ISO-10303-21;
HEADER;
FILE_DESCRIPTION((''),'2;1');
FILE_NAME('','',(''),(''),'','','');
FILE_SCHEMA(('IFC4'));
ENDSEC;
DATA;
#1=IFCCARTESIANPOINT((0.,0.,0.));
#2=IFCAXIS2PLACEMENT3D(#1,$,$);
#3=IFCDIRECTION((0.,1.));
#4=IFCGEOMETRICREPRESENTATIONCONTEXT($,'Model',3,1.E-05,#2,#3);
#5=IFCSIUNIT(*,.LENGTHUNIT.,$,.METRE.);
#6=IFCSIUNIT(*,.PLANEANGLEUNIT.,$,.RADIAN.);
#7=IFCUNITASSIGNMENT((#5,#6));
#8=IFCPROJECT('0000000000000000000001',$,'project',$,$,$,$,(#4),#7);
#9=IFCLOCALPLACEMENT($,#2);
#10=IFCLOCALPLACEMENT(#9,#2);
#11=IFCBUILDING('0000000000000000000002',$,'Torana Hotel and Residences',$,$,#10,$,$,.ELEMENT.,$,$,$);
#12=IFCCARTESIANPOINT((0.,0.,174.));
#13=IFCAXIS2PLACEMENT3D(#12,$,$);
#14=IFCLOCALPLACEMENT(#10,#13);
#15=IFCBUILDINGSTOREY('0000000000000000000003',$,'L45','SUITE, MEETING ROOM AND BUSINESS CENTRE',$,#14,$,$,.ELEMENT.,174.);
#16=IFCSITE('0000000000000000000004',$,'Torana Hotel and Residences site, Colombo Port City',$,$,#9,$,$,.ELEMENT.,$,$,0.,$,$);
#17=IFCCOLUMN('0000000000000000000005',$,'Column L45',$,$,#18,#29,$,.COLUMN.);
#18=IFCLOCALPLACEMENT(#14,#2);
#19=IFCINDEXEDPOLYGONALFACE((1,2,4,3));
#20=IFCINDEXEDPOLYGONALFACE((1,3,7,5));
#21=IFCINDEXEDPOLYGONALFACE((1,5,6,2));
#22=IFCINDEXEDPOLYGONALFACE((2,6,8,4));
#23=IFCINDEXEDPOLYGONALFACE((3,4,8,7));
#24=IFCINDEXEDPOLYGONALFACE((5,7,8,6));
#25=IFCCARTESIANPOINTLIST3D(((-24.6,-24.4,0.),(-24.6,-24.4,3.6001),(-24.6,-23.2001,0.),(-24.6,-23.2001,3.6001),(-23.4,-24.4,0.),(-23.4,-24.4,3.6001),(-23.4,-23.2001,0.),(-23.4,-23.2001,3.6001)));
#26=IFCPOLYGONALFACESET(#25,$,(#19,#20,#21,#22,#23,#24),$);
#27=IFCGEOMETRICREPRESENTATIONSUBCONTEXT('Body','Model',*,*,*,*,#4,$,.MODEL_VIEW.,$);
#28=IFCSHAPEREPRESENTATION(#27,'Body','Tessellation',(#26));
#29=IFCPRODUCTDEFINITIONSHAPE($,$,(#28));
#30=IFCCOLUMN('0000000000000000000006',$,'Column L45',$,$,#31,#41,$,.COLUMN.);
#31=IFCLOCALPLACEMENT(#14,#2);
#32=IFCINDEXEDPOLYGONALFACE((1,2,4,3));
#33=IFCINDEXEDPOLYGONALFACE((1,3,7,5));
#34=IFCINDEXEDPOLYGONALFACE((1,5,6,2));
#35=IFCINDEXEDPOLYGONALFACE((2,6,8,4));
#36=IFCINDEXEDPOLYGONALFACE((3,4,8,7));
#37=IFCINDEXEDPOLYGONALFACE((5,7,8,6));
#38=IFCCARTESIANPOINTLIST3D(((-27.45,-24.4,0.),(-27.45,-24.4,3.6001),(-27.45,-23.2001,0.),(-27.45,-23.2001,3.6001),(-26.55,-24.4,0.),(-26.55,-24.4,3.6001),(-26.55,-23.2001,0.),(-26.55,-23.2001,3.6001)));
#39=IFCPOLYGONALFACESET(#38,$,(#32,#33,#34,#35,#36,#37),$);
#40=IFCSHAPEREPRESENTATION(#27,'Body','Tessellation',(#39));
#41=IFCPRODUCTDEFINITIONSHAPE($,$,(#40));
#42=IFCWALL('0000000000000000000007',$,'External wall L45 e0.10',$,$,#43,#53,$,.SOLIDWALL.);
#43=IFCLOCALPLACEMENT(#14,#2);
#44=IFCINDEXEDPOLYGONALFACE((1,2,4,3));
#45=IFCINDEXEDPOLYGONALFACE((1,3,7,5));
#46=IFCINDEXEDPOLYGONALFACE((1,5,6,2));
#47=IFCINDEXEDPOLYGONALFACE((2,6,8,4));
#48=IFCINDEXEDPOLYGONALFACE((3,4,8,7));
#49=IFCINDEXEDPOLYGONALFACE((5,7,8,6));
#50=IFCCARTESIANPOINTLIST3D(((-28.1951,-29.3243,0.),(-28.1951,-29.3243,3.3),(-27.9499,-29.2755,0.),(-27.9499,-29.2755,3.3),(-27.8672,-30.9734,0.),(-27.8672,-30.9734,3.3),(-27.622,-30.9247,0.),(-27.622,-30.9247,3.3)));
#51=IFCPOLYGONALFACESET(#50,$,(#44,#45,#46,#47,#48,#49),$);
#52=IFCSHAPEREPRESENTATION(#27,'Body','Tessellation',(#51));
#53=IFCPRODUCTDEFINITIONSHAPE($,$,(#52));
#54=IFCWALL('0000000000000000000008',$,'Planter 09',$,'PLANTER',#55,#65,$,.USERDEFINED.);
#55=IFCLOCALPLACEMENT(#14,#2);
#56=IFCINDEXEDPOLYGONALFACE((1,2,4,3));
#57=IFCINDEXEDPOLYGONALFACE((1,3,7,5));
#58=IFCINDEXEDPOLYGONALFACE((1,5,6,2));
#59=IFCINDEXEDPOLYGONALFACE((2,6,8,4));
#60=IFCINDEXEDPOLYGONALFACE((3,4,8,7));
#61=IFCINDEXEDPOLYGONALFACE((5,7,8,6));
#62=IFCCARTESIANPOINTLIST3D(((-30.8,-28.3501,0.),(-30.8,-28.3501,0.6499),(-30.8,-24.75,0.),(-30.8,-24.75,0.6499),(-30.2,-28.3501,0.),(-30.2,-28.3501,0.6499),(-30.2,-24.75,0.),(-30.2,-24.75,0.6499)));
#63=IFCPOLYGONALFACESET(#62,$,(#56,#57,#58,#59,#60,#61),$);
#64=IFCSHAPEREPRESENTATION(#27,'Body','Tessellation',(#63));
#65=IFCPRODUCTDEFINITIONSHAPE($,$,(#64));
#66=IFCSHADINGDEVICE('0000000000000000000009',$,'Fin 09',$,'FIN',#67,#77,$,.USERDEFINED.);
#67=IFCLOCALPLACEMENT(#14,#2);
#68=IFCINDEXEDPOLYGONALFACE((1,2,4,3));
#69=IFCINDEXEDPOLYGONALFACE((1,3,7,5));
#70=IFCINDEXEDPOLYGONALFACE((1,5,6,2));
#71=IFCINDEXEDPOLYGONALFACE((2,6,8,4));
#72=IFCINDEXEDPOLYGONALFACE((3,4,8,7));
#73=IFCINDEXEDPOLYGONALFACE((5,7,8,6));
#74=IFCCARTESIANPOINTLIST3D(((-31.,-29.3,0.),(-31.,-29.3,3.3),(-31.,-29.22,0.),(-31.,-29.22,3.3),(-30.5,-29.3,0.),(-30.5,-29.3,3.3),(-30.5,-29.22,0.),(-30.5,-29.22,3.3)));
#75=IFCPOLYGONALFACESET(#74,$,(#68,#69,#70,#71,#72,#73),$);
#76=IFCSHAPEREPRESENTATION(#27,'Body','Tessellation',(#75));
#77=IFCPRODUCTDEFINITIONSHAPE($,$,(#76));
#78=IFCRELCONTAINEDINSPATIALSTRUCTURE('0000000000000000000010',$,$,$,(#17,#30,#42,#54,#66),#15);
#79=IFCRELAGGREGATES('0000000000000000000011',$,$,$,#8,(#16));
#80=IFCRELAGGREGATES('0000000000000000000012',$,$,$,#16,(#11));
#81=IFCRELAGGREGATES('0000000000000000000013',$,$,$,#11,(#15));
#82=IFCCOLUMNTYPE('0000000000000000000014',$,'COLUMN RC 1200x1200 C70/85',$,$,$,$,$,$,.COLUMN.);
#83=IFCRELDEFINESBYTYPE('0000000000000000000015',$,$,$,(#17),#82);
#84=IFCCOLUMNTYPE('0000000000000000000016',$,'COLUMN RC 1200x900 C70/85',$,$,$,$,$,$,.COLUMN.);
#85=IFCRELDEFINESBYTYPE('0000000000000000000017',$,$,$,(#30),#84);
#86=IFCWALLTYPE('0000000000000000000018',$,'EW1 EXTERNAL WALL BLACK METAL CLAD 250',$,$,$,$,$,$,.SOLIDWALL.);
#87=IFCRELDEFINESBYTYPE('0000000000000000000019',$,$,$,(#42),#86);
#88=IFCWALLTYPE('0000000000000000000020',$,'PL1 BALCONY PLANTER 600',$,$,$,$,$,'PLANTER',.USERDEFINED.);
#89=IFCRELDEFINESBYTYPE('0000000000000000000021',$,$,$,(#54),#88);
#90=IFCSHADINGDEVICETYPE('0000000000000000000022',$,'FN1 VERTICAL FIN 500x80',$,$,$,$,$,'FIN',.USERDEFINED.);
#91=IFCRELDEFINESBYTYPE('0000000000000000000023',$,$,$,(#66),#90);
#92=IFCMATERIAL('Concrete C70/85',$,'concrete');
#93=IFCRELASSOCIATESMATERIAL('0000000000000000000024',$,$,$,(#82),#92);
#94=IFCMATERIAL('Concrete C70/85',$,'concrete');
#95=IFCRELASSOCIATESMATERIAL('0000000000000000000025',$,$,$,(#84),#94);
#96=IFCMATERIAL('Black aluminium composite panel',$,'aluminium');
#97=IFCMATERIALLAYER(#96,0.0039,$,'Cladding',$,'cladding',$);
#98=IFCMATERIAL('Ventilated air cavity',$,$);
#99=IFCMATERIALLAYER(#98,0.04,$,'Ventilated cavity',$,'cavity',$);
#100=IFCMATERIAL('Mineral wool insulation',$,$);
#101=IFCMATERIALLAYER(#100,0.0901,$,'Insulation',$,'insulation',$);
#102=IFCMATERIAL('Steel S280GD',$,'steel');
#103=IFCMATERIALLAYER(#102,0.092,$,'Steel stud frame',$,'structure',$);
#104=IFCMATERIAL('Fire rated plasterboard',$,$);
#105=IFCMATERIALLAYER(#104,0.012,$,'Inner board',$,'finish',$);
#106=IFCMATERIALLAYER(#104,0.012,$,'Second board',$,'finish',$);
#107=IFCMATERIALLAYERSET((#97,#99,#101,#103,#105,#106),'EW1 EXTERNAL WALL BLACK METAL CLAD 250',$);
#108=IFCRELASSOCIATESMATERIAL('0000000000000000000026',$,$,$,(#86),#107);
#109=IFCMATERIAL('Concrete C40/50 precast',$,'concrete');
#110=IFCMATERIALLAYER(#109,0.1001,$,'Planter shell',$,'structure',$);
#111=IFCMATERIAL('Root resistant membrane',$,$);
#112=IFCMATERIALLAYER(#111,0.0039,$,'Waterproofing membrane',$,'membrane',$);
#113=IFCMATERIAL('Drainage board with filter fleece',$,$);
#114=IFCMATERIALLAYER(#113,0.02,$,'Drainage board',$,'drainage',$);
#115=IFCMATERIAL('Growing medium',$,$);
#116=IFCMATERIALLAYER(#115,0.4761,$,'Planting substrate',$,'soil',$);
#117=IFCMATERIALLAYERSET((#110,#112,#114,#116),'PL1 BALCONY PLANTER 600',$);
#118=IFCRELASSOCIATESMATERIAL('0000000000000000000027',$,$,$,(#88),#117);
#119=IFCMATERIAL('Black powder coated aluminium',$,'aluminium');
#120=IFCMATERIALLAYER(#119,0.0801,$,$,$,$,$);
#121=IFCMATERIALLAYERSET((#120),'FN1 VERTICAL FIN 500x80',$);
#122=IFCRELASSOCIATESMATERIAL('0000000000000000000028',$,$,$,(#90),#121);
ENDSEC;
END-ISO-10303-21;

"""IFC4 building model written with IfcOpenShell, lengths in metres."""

from ifc_helpers import new_model, si_unit, direction, frame, frame_2d, origin, origin_2d, place, context, subcontext, project, spatial, rectangle, extrude, material, layer, layer_set, material_profile, profile_set, type_object, element, save


model = new_model("IFC4")

# Units and contexts
model_context = context("Model", 3, precision=1e-05, world=origin(), true_north=direction((0.0, 1.0)))
body_context = subcontext(model_context, "Body", "Model", "MODEL_VIEW")
ifc_project = project(units=[si_unit("LENGTHUNIT", "METRE"), si_unit("PLANEANGLEUNIT", "RADIAN")], contexts=[model_context])

# Site, building, storey
site_placement = place(None, origin())
site = spatial("IfcSite", under=ifc_project, at=site_placement, Name="Torana Hotel and Residences site, Colombo Port City", CompositionType="ELEMENT", RefElevation=0.0)
building_placement = place(site_placement, origin())
building = spatial("IfcBuilding", under=site, at=building_placement, Name="Torana Hotel and Residences", CompositionType="ELEMENT")
storey_placement = place(building_placement, frame((0.0, 0.0, 174.0)))
storey = spatial("IfcBuildingStorey", under=building, at=storey_placement, Name="L45", Description="SUITE, MEETING ROOM AND BUSINESS CENTRE", CompositionType="ELEMENT", Elevation=174.0)

# Columns
ifc_material_1 = material(Name="Concrete C70/85", Category="concrete")
ifc_material_profile_1 = material_profile(ifc_material_1, rectangle(XDim=1.2, YDim=1.2, at=origin_2d()), Name="RC 1200x1200")
ifc_profile_set_1 = profile_set([ifc_material_profile_1], Name="Concrete C70/85")
column_type_1 = type_object("IfcColumnType", Name="COLUMN RC 1200x1200 C70/85", PredefinedType="COLUMN", material=ifc_profile_set_1)
column_1_placement = place(storey_placement, frame((-24.0, -23.8, 0.0), z_axis=(0.0, 0.0, 1.0), x_axis=(1.0, 0.0, 0.0)))
element("IfcColumn", 1, at=column_1_placement, inside=storey, type_object=column_type_1, Name="Column L45", PredefinedType="COLUMN", context=body_context, shape_type="SweptSolid", body=[
    extrude(rectangle(XDim=1.2, YDim=1.2, at=origin_2d()), origin(), (0.0, 0.0, 1.0), 3.6001),
])
ifc_material_2 = material(Name="Concrete C70/85", Category="concrete")
ifc_material_profile_2 = material_profile(ifc_material_2, rectangle(XDim=1.2, YDim=0.8999, at=origin_2d()), Name="RC 1200x900")
ifc_profile_set_2 = profile_set([ifc_material_profile_2], Name="Concrete C70/85")
column_type_2 = type_object("IfcColumnType", Name="COLUMN RC 1200x900 C70/85", PredefinedType="COLUMN", material=ifc_profile_set_2)
column_2_placement = place(storey_placement, frame((-27.0, -23.8, 0.0), z_axis=(0.0, 0.0, 1.0), x_axis=(0.0, 1.0, 0.0)))
element("IfcColumn", 2, at=column_2_placement, inside=storey, type_object=column_type_2, Name="Column L45", PredefinedType="COLUMN", context=body_context, shape_type="SweptSolid", body=[
    extrude(rectangle(XDim=1.2, YDim=0.8999, at=origin_2d()), origin(), (0.0, 0.0, 1.0), 3.6001),
])

# Walls
ifc_material_3 = material(Name="Black aluminium composite panel", Category="aluminium")
ifc_layer_1 = layer(ifc_material_3, 0.0039, Name="Cladding", Category="cladding")
ifc_material_4 = material(Name="Ventilated air cavity")
ifc_layer_2 = layer(ifc_material_4, 0.04, Name="Ventilated cavity", Category="cavity")
ifc_material_5 = material(Name="Mineral wool insulation")
ifc_layer_3 = layer(ifc_material_5, 0.0901, Name="Insulation", Category="insulation")
ifc_material_6 = material(Name="Steel S280GD", Category="steel")
ifc_layer_4 = layer(ifc_material_6, 0.092, Name="Steel stud frame", Category="structure")
ifc_material_7 = material(Name="Fire rated plasterboard")
ifc_layer_5 = layer(ifc_material_7, 0.012, Name="Inner board", Category="finish")
ifc_layer_6 = layer(ifc_material_7, 0.012, Name="Second board", Category="finish")
ifc_layer_set_1 = layer_set([ifc_layer_1, ifc_layer_2, ifc_layer_3, ifc_layer_4, ifc_layer_5, ifc_layer_6], Name="EW1 EXTERNAL WALL BLACK METAL CLAD 250")
wall_type_1 = type_object("IfcWallType", Name="EW1 EXTERNAL WALL BLACK METAL CLAD 250", PredefinedType="SOLIDWALL", material=ifc_layer_set_1)
wall_1_placement = place(storey_placement, frame((-28.0725, -29.2998, 0.0), z_axis=(0.0, 0.0, 1.0), x_axis=(0.194999, -0.980803, 0.0)))
element("IfcWall", 3, at=wall_1_placement, inside=storey, type_object=wall_type_1, Name="External wall L45 e0.10", PredefinedType="SOLIDWALL", context=body_context, shape_type="SweptSolid", body=[
    extrude(rectangle(XDim=1.6814, YDim=0.25, at=frame_2d((0.8408, 0.0))), origin(), (0.0, 0.0, 1.0), 3.3),
])
ifc_material_8 = material(Name="Concrete C40/50 precast", Category="concrete")
ifc_layer_7 = layer(ifc_material_8, 0.1001, Name="Planter shell", Category="structure")
ifc_material_9 = material(Name="Root resistant membrane")
ifc_layer_8 = layer(ifc_material_9, 0.0039, Name="Waterproofing membrane", Category="membrane")
ifc_material_10 = material(Name="Drainage board with filter fleece")
ifc_layer_9 = layer(ifc_material_10, 0.02, Name="Drainage board", Category="drainage")
ifc_material_11 = material(Name="Growing medium")
ifc_layer_10 = layer(ifc_material_11, 0.4761, Name="Planting substrate", Category="soil")
ifc_layer_set_2 = layer_set([ifc_layer_7, ifc_layer_8, ifc_layer_9, ifc_layer_10], Name="PL1 BALCONY PLANTER 600")
wall_type_2 = type_object("IfcWallType", Name="PL1 BALCONY PLANTER 600", ElementType="PLANTER", PredefinedType="USERDEFINED", material=ifc_layer_set_2)
wall_2_placement = place(storey_placement, frame((-30.5, -28.3501, 0.0), z_axis=(0.0, 0.0, 1.0), x_axis=(0.0, 1.0, 0.0)))
element("IfcWall", 4, at=wall_2_placement, inside=storey, type_object=wall_type_2, Name="Planter 09", ObjectType="PLANTER", PredefinedType="USERDEFINED", context=body_context, shape_type="SweptSolid", body=[
    extrude(rectangle(XDim=3.6001, YDim=0.6001, at=frame_2d((1.8, 0.0))), origin(), (0.0, 0.0, 1.0), 0.6499),
])

# Shading device
ifc_material_12 = material(Name="Black powder coated aluminium", Category="aluminium")
ifc_layer_11 = layer(ifc_material_12, 0.0801)
ifc_layer_set_3 = layer_set([ifc_layer_11], Name="FN1 VERTICAL FIN 500x80")
shading_device_type = type_object("IfcShadingDeviceType", Name="FN1 VERTICAL FIN 500x80", ElementType="FIN", PredefinedType="USERDEFINED", material=ifc_layer_set_3)
shading_device_placement = place(storey_placement, frame((-30.75, -29.26, 0.0), z_axis=(0.0, 0.0, 1.0), x_axis=(0.0, 1.0, 0.0)))
element("IfcShadingDevice", 5, at=shading_device_placement, inside=storey, type_object=shading_device_type, Name="Fin 09", ObjectType="FIN", PredefinedType="USERDEFINED", context=body_context, shape_type="SweptSolid", body=[
    extrude(rectangle(XDim=0.0801, YDim=0.5, at=origin_2d()), origin(), (0.0, 0.0, 1.0), 3.3),
])

save(model, "model.ifc")
